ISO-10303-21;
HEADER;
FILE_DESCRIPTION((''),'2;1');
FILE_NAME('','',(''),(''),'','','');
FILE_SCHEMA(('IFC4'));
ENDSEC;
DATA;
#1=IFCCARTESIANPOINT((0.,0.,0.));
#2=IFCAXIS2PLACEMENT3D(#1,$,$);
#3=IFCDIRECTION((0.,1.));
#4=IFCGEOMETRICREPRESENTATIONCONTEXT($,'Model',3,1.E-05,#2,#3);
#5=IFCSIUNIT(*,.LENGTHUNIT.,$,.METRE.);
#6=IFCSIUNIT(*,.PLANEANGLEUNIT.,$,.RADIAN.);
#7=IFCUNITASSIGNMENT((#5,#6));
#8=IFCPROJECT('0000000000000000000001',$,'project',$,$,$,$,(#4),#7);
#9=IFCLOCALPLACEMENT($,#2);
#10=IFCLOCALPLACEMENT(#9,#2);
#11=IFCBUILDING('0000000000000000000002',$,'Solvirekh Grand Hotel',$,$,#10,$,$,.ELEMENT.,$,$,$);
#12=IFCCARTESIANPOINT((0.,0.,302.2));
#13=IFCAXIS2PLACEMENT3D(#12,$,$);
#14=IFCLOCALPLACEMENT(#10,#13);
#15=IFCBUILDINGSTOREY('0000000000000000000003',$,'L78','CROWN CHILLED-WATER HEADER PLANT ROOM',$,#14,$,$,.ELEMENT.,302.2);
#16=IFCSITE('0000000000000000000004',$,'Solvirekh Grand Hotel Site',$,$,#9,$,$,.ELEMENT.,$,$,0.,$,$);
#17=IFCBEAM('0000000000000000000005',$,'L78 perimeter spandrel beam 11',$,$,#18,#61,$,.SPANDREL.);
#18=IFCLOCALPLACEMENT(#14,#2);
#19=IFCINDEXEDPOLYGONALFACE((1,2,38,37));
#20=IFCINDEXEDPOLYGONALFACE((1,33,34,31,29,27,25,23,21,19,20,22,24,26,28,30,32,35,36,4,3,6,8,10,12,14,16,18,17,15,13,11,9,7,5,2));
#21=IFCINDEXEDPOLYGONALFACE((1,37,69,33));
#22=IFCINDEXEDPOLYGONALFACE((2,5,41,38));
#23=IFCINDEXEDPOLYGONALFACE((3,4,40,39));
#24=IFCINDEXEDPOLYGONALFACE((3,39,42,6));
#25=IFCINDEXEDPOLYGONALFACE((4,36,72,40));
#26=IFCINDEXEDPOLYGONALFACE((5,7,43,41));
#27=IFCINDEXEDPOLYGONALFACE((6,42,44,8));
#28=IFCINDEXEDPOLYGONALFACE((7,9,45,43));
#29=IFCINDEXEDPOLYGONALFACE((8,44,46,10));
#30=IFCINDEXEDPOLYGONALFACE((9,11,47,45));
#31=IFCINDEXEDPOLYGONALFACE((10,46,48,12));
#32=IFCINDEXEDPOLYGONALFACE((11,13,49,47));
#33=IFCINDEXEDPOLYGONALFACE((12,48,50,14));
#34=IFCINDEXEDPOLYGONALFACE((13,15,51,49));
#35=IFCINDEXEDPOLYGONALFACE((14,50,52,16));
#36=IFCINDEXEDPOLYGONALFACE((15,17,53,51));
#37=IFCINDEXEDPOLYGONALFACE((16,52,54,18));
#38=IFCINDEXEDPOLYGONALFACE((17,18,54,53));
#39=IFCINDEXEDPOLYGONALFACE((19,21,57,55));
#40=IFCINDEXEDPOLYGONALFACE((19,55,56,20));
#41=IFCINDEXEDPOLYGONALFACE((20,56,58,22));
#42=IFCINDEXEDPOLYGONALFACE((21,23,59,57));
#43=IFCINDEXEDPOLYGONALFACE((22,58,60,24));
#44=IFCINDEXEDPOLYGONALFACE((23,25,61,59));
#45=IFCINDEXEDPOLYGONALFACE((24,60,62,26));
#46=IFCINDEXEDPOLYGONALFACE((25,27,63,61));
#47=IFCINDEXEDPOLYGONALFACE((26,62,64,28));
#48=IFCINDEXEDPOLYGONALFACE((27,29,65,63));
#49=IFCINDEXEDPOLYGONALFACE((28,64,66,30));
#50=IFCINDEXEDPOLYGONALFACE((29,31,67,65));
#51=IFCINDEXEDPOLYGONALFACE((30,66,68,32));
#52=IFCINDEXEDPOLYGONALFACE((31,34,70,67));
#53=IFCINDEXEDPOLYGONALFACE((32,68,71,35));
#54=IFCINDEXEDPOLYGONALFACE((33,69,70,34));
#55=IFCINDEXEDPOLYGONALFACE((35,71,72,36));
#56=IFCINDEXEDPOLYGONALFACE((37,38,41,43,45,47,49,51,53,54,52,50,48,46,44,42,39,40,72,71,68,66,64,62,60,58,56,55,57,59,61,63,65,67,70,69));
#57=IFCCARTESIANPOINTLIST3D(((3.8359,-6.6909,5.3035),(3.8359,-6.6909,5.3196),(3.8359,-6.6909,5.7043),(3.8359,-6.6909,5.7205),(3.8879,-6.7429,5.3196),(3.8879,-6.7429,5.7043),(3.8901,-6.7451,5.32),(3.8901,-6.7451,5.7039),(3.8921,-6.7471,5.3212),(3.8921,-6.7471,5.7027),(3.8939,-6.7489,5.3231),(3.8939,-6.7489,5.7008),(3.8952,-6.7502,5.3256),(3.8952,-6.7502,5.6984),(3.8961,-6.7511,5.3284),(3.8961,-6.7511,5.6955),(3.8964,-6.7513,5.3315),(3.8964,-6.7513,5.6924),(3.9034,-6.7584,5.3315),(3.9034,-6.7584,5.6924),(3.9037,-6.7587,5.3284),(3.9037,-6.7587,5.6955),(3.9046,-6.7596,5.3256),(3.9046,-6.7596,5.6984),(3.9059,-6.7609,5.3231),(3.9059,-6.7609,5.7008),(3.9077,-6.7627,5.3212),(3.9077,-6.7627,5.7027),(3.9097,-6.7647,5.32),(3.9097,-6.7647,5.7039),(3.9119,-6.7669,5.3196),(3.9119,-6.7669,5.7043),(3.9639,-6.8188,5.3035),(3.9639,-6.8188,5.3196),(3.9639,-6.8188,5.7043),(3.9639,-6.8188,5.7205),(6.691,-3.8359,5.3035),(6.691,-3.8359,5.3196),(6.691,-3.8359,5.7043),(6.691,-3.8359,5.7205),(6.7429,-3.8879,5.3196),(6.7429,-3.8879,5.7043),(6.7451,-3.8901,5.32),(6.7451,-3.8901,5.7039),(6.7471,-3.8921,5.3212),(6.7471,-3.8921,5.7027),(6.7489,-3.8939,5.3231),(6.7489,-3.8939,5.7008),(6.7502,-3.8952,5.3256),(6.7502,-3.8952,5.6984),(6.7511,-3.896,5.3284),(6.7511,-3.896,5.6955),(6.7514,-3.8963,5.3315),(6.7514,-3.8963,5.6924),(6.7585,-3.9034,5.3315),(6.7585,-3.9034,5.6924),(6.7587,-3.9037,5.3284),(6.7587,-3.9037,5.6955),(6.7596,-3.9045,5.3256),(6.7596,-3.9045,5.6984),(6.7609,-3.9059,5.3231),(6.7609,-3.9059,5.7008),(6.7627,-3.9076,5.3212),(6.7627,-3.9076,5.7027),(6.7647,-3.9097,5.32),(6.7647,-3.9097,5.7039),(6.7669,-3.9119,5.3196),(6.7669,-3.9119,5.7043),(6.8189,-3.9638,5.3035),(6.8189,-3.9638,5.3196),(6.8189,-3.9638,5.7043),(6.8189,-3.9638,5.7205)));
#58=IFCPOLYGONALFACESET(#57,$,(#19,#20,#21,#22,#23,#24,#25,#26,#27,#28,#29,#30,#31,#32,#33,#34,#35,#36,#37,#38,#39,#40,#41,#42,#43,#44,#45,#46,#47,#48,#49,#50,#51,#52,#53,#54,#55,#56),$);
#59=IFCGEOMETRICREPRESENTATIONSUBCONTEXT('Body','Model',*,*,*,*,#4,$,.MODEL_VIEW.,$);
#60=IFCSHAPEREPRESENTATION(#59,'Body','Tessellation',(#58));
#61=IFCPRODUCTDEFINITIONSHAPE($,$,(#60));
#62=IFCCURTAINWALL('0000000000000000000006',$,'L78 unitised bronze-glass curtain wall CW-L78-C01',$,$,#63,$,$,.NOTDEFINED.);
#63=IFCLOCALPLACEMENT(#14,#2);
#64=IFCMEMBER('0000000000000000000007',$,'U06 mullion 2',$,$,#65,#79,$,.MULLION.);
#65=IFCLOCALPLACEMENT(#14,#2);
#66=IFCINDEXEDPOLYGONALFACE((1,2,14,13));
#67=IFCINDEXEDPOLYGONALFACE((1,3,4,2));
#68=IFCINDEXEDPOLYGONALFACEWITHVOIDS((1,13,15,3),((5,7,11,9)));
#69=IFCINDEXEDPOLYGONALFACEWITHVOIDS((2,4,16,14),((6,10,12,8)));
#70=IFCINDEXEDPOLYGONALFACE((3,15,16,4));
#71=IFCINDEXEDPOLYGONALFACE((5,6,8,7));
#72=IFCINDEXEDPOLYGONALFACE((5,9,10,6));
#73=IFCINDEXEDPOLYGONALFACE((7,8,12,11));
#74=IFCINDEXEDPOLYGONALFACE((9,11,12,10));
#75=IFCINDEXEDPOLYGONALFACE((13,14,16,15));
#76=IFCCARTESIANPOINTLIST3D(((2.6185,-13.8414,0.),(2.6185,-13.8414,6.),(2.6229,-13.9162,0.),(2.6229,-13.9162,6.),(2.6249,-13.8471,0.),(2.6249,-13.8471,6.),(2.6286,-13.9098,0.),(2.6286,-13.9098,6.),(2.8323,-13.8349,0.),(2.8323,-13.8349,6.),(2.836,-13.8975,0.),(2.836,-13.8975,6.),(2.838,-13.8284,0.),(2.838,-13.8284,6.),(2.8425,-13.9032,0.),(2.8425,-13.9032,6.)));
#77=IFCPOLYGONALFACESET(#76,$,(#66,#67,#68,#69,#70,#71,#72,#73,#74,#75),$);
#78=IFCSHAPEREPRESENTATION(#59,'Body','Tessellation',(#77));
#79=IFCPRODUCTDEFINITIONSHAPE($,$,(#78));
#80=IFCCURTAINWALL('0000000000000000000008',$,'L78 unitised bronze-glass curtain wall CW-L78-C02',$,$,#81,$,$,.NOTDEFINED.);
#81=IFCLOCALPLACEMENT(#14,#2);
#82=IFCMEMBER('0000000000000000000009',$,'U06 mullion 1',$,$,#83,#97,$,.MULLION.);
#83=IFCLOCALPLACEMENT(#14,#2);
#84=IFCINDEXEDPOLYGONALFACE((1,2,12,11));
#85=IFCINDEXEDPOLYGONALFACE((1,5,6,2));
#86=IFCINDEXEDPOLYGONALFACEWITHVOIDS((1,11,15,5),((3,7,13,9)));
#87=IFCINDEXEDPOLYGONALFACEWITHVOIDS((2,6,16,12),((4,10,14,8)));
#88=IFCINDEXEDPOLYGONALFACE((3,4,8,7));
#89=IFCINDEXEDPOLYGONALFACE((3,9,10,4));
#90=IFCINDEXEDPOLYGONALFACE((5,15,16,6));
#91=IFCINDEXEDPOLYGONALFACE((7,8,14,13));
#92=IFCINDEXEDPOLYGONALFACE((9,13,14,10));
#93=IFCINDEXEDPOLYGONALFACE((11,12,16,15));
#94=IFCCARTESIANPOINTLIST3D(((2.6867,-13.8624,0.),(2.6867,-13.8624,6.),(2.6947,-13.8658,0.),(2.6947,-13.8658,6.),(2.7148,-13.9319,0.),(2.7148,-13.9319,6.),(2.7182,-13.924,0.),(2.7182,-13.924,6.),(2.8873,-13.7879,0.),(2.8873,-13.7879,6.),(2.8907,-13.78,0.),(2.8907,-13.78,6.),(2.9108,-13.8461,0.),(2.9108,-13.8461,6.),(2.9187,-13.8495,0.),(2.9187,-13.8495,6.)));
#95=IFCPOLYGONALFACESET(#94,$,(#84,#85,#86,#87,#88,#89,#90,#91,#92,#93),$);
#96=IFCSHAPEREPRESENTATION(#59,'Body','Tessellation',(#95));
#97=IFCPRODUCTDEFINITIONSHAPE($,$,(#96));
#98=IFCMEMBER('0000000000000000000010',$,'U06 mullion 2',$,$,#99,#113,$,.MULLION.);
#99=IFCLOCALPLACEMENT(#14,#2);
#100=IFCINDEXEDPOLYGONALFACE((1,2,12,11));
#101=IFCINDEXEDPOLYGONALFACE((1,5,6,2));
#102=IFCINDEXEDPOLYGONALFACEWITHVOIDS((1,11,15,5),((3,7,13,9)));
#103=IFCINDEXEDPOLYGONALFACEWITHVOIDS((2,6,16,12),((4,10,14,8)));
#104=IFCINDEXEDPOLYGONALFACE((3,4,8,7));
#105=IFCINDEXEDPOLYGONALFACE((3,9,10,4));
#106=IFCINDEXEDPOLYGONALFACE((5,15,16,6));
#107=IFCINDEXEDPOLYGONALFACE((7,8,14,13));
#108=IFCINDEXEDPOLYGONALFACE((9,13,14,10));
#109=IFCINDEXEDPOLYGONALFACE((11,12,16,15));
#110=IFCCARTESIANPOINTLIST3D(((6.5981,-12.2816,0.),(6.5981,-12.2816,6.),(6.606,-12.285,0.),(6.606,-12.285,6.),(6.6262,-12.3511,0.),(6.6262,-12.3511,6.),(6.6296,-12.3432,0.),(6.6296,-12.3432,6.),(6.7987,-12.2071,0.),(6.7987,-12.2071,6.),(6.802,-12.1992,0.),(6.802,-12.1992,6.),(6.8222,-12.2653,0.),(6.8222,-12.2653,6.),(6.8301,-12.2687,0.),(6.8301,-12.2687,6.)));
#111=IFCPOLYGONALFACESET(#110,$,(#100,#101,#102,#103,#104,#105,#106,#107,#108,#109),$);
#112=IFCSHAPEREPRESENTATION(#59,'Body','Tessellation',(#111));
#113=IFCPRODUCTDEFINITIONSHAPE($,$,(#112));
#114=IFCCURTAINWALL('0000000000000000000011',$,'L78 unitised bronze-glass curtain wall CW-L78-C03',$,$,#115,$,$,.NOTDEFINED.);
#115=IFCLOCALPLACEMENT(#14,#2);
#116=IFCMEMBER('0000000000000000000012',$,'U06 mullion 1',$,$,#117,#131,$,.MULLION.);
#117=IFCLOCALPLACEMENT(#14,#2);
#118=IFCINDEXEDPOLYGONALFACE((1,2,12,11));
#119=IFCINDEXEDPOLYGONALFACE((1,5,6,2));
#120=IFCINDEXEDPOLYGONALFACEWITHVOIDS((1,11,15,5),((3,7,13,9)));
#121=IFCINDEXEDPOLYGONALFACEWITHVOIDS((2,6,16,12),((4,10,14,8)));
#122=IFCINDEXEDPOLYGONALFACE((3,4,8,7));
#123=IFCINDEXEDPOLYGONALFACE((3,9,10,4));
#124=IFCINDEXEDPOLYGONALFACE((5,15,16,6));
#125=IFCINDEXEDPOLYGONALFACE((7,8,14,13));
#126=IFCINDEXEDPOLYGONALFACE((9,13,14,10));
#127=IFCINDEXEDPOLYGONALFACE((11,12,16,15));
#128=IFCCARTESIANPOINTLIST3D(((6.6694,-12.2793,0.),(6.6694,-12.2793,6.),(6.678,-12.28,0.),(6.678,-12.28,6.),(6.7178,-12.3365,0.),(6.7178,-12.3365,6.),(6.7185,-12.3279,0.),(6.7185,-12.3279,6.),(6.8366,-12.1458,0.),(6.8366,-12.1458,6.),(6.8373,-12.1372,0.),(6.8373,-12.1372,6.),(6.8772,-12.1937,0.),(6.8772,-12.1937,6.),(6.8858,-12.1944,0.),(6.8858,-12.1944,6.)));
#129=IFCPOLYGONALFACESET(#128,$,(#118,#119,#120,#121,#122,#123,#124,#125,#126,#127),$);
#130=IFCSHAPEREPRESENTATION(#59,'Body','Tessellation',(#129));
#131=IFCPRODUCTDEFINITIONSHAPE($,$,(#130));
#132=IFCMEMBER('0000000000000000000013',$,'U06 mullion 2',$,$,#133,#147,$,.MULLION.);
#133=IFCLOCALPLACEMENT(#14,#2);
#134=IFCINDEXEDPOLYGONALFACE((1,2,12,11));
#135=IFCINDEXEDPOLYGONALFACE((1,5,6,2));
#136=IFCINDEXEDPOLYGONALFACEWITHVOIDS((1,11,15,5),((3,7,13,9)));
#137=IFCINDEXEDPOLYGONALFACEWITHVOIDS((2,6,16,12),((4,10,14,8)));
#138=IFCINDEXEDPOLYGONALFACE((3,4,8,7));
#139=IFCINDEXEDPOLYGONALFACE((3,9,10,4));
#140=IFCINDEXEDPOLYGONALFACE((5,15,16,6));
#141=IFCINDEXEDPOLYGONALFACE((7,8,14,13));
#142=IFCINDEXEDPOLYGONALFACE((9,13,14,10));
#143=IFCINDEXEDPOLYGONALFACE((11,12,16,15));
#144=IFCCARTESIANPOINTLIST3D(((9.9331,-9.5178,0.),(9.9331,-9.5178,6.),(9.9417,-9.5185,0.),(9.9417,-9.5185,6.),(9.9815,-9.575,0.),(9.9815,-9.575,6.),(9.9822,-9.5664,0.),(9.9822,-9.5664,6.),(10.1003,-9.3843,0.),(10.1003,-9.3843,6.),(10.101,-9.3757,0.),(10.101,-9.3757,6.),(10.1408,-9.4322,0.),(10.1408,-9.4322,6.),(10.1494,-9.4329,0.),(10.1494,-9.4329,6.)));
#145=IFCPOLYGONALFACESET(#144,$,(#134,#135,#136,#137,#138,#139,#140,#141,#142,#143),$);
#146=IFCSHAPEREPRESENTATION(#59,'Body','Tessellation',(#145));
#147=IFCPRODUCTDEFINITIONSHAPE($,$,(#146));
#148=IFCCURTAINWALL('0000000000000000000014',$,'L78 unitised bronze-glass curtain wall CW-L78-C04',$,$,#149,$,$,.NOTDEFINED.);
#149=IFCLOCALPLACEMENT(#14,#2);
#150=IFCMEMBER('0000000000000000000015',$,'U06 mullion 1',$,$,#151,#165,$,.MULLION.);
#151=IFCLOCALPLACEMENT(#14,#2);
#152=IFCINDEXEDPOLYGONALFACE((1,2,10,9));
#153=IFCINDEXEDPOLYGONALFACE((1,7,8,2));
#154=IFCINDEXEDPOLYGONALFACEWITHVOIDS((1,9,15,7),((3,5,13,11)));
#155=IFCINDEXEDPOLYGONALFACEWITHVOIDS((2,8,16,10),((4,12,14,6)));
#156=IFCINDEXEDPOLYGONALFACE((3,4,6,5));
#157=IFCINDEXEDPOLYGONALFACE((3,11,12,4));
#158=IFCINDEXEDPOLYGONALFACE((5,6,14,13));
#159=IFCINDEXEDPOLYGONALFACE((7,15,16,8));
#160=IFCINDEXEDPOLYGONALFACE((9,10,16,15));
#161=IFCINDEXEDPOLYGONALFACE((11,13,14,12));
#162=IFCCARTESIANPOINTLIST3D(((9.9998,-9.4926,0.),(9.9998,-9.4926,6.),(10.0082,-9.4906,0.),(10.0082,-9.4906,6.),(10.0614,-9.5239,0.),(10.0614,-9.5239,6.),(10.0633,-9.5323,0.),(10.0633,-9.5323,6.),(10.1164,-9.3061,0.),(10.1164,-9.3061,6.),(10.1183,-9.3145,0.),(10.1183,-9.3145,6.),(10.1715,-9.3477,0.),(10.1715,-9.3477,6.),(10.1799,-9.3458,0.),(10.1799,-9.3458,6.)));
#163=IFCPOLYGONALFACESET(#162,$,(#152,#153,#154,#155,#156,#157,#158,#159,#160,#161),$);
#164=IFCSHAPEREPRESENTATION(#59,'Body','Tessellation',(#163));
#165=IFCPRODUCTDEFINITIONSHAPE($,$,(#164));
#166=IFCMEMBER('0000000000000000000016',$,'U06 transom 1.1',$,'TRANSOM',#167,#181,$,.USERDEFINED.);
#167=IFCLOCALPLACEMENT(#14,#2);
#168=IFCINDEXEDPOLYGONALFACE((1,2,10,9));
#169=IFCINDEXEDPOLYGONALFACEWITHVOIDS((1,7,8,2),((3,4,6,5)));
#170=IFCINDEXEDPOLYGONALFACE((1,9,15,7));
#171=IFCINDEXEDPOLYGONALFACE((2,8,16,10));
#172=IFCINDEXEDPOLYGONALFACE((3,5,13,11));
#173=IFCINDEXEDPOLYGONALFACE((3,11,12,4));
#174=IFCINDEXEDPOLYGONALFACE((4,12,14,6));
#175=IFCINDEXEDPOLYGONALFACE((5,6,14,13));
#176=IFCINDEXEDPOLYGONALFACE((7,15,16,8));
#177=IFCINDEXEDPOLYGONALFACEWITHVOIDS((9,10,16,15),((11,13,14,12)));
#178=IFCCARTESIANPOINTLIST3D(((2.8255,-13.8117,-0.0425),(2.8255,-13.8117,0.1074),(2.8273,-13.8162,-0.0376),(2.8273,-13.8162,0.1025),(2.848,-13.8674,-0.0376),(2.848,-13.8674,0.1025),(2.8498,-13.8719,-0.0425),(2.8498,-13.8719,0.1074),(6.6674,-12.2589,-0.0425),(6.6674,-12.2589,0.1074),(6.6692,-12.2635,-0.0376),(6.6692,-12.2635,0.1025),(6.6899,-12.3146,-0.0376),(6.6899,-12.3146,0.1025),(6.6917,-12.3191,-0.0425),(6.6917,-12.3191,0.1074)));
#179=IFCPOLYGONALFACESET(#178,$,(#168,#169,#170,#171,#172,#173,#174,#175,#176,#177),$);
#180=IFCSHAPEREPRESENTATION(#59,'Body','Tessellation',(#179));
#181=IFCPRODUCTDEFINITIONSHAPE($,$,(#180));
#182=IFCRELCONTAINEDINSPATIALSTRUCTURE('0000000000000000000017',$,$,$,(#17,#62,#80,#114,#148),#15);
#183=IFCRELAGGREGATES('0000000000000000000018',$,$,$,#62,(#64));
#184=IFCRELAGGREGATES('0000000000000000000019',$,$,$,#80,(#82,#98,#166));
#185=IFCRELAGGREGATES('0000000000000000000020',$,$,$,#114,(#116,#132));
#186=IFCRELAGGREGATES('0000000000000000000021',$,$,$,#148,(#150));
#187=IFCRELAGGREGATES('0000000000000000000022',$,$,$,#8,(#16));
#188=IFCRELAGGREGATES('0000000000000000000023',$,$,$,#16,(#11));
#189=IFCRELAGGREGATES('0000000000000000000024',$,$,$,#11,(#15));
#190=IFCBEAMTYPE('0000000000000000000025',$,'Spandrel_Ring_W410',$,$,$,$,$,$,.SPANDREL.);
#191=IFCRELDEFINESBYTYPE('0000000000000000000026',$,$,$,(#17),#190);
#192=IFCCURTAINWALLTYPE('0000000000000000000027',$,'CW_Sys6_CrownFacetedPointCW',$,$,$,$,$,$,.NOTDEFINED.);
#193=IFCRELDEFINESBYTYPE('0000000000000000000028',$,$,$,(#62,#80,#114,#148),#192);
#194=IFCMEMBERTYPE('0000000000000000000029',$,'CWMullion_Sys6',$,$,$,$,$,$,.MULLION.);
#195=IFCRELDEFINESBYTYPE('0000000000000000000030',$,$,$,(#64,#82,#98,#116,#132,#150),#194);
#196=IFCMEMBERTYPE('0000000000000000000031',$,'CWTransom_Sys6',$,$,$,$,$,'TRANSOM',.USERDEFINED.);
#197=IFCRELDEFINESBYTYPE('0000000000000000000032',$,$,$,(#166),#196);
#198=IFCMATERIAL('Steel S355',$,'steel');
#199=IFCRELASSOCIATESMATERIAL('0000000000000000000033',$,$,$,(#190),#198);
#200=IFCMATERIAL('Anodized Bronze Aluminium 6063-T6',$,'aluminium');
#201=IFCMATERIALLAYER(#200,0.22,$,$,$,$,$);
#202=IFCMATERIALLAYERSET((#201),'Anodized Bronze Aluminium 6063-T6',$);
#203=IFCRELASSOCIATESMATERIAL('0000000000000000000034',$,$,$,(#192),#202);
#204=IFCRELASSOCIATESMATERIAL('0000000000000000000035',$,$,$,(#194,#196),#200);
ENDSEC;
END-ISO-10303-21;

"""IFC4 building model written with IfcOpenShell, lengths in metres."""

from ifc_helpers import new_model, si_unit, direction, frame, origin, origin_2d, place, context, subcontext, project, spatial, hollow_rectangle, i_section, extrude, source, transform, mapped, material, layer, layer_set, material_profile, profile_set, type_object, element, aggregate, save


model = new_model("IFC4")

# Units and contexts
model_context = context("Model", 3, precision=1e-05, world=origin(), true_north=direction((0.0, 1.0)))
body_context = subcontext(model_context, "Body", "Model", "MODEL_VIEW")
ifc_project = project(units=[si_unit("LENGTHUNIT", "METRE"), si_unit("PLANEANGLEUNIT", "RADIAN")], contexts=[model_context])

# Site, building, storey
site_placement = place(None, origin())
site = spatial("IfcSite", under=ifc_project, at=site_placement, Name="Solvirekh Grand Hotel Site", CompositionType="ELEMENT", RefElevation=0.0)
building_placement = place(site_placement, origin())
building = spatial("IfcBuilding", under=site, at=building_placement, Name="Solvirekh Grand Hotel", CompositionType="ELEMENT")
storey_placement = place(building_placement, frame((0.0, 0.0, 302.2)))
storey = spatial("IfcBuildingStorey", under=building, at=storey_placement, Name="L78", Description="CROWN CHILLED-WATER HEADER PLANT ROOM", CompositionType="ELEMENT", Elevation=302.2)

# Beam
ifc_material_1 = material(Name="Steel S355", Category="steel")
ifc_material_profile_1 = material_profile(ifc_material_1, i_section(OverallWidth=0.1809, OverallDepth=0.417, WebThickness=0.01, FlangeThickness=0.0161, FilletRadius=0.012, at=origin_2d()), Name="W410X85")
ifc_profile_set_1 = profile_set([ifc_material_profile_1], Name="Steel S355")
beam_type_1 = type_object("IfcBeamType", Name="Spandrel_Ring_W410", PredefinedType="SPANDREL", material=ifc_profile_set_1)
for number, where, z_axis, x_axis, name in (
    (1, (3.8999, -6.7549, 5.512), (0.707107, 0.707107, 0.0), (-0.707107, 0.707107, 0.0), "L78 perimeter spandrel beam 11"),
):
    element("IfcBeam", number, at=place(storey_placement, frame(where, z_axis=z_axis, x_axis=x_axis)), inside=storey, type_object=beam_type_1, Name=name, PredefinedType="SPANDREL", context=body_context, shape_type="SweptSolid", body=[
        extrude(i_section(OverallWidth=0.1809, OverallDepth=0.417, WebThickness=0.01, FlangeThickness=0.0161, FilletRadius=0.012, at=origin_2d()), origin(), (0.0, 0.0, 1.0), 4.0376),
    ])

# Curtain wall, member
ifc_material_2 = material(Name="Anodized Bronze Aluminium 6063-T6", Category="aluminium")
ifc_layer_1 = layer(ifc_material_2, 0.22)
ifc_layer_set_1 = layer_set([ifc_layer_1], Name="Anodized Bronze Aluminium 6063-T6")
curtain_wall_type = type_object("IfcCurtainWallType", Name="CW_Sys6_CrownFacetedPointCW", PredefinedType="NOTDEFINED", material=ifc_layer_set_1)
curtain_wall_1_placement = place(storey_placement, origin())
curtain_wall_1 = element("IfcCurtainWall", 2, at=curtain_wall_1_placement, inside=storey, type_object=curtain_wall_type, Name="L78 unitised bronze-glass curtain wall CW-L78-C01", PredefinedType="NOTDEFINED")
ifc_material_profile_2 = material_profile(ifc_material_2, hollow_rectangle(XDim=0.075, YDim=0.22, WallThickness=0.0061, at=origin_2d()), Name="ALU RHS 220X75X6")
ifc_profile_set_2 = profile_set([ifc_material_profile_2], Name="Anodized Bronze Aluminium 6063-T6")
member_type_1 = type_object("IfcMemberType", Name="CWMullion_Sys6", PredefinedType="MULLION", material=ifc_profile_set_2)
shared_shape_1 = source(origin(), body_context, "Body", "SweptSolid", [
    extrude(hollow_rectangle(XDim=0.075, YDim=0.22, WallThickness=0.0061, at=origin_2d()), origin(), (0.0, 0.0, 1.0), 6.0),
])
member_1_placement = place(storey_placement, frame((2.7305, -13.8723, 0.0), z_axis=(0.0, 0.0, 1.0), x_axis=(-0.059162, 0.998248, 0.0)))
member_1 = element("IfcMember", 3, at=member_1_placement, type_object=member_type_1, Name="U06 mullion 2", PredefinedType="MULLION", context=body_context, shape_type="MappedRepresentation", body=[
    mapped(shared_shape_1, transform((0.0, 0.0, 0.0), x_axis=(1.0, 0.0, 0.0), y_axis=(0.0, 1.0, 0.0), z_axis=(0.0, 0.0, 1.0), scale=1.0)),
])

# Curtain walls, members
curtain_wall_2_placement = place(storey_placement, origin())
curtain_wall_2 = element("IfcCurtainWall", 4, at=curtain_wall_2_placement, inside=storey, type_object=curtain_wall_type, Name="L78 unitised bronze-glass curtain wall CW-L78-C02", PredefinedType="NOTDEFINED")
member_2_placement = place(storey_placement, frame((2.8027, -13.856, 0.0), z_axis=(0.0, 0.0, 1.0), x_axis=(-0.374721, 0.927138, 0.0)))
member_2 = element("IfcMember", 5, at=member_2_placement, type_object=member_type_1, Name="U06 mullion 1", PredefinedType="MULLION", context=body_context, shape_type="MappedRepresentation", body=[
    mapped(shared_shape_1, transform((0.0, 0.0, 0.0), x_axis=(1.0, 0.0, 0.0), y_axis=(0.0, 1.0, 0.0), z_axis=(0.0, 0.0, 1.0), scale=1.0)),
])
member_3_placement = place(storey_placement, frame((6.7141, -12.2751, 0.0), z_axis=(0.0, 0.0, 1.0), x_axis=(-0.374721, 0.927138, 0.0)))
member_3 = element("IfcMember", 6, at=member_3_placement, type_object=member_type_1, Name="U06 mullion 2", PredefinedType="MULLION", context=body_context, shape_type="MappedRepresentation", body=[
    mapped(shared_shape_1, transform((0.0, 0.0, 0.0), x_axis=(1.0, 0.0, 0.0), y_axis=(0.0, 1.0, 0.0), z_axis=(0.0, 0.0, 1.0), scale=1.0)),
])
curtain_wall_3_placement = place(storey_placement, origin())
curtain_wall_3 = element("IfcCurtainWall", 7, at=curtain_wall_3_placement, inside=storey, type_object=curtain_wall_type, Name="L78 unitised bronze-glass curtain wall CW-L78-C03", PredefinedType="NOTDEFINED")
member_4_placement = place(storey_placement, frame((6.7776, -12.2368, 0.0), z_axis=(0.0, 0.0, 1.0), x_axis=(-0.645932, 0.763395, 0.0)))
member_4 = element("IfcMember", 8, at=member_4_placement, type_object=member_type_1, Name="U06 mullion 1", PredefinedType="MULLION", context=body_context, shape_type="MappedRepresentation", body=[
    mapped(shared_shape_1, transform((0.0, 0.0, 0.0), x_axis=(1.0, 0.0, 0.0), y_axis=(0.0, 1.0, 0.0), z_axis=(0.0, 0.0, 1.0), scale=1.0)),
])
member_5_placement = place(storey_placement, frame((10.0413, -9.4753, 0.0), z_axis=(0.0, 0.0, 1.0), x_axis=(-0.645932, 0.763395, 0.0)))
member_5 = element("IfcMember", 9, at=member_5_placement, type_object=member_type_1, Name="U06 mullion 2", PredefinedType="MULLION", context=body_context, shape_type="MappedRepresentation", body=[
    mapped(shared_shape_1, transform((0.0, 0.0, 0.0), x_axis=(1.0, 0.0, 0.0), y_axis=(0.0, 1.0, 0.0), z_axis=(0.0, 0.0, 1.0), scale=1.0)),
])

# Curtain wall, member
curtain_wall_4_placement = place(storey_placement, origin())
curtain_wall_4 = element("IfcCurtainWall", 10, at=curtain_wall_4_placement, inside=storey, type_object=curtain_wall_type, Name="L78 unitised bronze-glass curtain wall CW-L78-C04", PredefinedType="NOTDEFINED")
member_6_placement = place(storey_placement, frame((10.0898, -9.4192, 0.0), z_axis=(0.0, 0.0, 1.0), x_axis=(-0.847935, 0.530101, 0.0)))
member_6 = element("IfcMember", 11, at=member_6_placement, type_object=member_type_1, Name="U06 mullion 1", PredefinedType="MULLION", context=body_context, shape_type="MappedRepresentation", body=[
    mapped(shared_shape_1, transform((0.0, 0.0, 0.0), x_axis=(1.0, 0.0, 0.0), y_axis=(0.0, 1.0, 0.0), z_axis=(0.0, 0.0, 1.0), scale=1.0)),
])

# Member
ifc_material_profile_3 = material_profile(ifc_material_2, hollow_rectangle(XDim=0.0649, YDim=0.1499, WallThickness=0.0049, at=origin_2d()), Name="ALU RHS 150X65X5")
ifc_profile_set_3 = profile_set([ifc_material_profile_3], Name="Anodized Bronze Aluminium 6063-T6")
member_type_2 = type_object("IfcMemberType", Name="CWTransom_Sys6", ElementType="TRANSOM", PredefinedType="USERDEFINED", material=ifc_profile_set_3)
shared_shape_2 = source(origin(), body_context, "Body", "SweptSolid", [
    extrude(hollow_rectangle(XDim=0.0649, YDim=0.1499, WallThickness=0.0049, at=origin_2d()), origin(), (0.0, 0.0, 1.0), 4.1438),
])
member_7_placement = place(storey_placement, frame((2.8376, -13.8418, 0.0325), z_axis=(0.927138, 0.37472, 0.0), x_axis=(-0.37472, 0.927138, 0.0)))
member_7 = element("IfcMember", 12, at=member_7_placement, type_object=member_type_2, Name="U06 transom 1.1", ObjectType="TRANSOM", PredefinedType="USERDEFINED", context=body_context, shape_type="MappedRepresentation", body=[
    mapped(shared_shape_2, transform((0.0, 0.0, 0.0), x_axis=(1.0, 0.0, 0.0), y_axis=(0.0, 1.0, 0.0), z_axis=(0.0, 0.0, 1.0), scale=1.0)),
])

aggregate(curtain_wall_1, [member_1])
aggregate(curtain_wall_2, [member_2, member_3, member_7])
aggregate(curtain_wall_3, [member_4, member_5])
aggregate(curtain_wall_4, [member_6])

save(model, "model.ifc")
